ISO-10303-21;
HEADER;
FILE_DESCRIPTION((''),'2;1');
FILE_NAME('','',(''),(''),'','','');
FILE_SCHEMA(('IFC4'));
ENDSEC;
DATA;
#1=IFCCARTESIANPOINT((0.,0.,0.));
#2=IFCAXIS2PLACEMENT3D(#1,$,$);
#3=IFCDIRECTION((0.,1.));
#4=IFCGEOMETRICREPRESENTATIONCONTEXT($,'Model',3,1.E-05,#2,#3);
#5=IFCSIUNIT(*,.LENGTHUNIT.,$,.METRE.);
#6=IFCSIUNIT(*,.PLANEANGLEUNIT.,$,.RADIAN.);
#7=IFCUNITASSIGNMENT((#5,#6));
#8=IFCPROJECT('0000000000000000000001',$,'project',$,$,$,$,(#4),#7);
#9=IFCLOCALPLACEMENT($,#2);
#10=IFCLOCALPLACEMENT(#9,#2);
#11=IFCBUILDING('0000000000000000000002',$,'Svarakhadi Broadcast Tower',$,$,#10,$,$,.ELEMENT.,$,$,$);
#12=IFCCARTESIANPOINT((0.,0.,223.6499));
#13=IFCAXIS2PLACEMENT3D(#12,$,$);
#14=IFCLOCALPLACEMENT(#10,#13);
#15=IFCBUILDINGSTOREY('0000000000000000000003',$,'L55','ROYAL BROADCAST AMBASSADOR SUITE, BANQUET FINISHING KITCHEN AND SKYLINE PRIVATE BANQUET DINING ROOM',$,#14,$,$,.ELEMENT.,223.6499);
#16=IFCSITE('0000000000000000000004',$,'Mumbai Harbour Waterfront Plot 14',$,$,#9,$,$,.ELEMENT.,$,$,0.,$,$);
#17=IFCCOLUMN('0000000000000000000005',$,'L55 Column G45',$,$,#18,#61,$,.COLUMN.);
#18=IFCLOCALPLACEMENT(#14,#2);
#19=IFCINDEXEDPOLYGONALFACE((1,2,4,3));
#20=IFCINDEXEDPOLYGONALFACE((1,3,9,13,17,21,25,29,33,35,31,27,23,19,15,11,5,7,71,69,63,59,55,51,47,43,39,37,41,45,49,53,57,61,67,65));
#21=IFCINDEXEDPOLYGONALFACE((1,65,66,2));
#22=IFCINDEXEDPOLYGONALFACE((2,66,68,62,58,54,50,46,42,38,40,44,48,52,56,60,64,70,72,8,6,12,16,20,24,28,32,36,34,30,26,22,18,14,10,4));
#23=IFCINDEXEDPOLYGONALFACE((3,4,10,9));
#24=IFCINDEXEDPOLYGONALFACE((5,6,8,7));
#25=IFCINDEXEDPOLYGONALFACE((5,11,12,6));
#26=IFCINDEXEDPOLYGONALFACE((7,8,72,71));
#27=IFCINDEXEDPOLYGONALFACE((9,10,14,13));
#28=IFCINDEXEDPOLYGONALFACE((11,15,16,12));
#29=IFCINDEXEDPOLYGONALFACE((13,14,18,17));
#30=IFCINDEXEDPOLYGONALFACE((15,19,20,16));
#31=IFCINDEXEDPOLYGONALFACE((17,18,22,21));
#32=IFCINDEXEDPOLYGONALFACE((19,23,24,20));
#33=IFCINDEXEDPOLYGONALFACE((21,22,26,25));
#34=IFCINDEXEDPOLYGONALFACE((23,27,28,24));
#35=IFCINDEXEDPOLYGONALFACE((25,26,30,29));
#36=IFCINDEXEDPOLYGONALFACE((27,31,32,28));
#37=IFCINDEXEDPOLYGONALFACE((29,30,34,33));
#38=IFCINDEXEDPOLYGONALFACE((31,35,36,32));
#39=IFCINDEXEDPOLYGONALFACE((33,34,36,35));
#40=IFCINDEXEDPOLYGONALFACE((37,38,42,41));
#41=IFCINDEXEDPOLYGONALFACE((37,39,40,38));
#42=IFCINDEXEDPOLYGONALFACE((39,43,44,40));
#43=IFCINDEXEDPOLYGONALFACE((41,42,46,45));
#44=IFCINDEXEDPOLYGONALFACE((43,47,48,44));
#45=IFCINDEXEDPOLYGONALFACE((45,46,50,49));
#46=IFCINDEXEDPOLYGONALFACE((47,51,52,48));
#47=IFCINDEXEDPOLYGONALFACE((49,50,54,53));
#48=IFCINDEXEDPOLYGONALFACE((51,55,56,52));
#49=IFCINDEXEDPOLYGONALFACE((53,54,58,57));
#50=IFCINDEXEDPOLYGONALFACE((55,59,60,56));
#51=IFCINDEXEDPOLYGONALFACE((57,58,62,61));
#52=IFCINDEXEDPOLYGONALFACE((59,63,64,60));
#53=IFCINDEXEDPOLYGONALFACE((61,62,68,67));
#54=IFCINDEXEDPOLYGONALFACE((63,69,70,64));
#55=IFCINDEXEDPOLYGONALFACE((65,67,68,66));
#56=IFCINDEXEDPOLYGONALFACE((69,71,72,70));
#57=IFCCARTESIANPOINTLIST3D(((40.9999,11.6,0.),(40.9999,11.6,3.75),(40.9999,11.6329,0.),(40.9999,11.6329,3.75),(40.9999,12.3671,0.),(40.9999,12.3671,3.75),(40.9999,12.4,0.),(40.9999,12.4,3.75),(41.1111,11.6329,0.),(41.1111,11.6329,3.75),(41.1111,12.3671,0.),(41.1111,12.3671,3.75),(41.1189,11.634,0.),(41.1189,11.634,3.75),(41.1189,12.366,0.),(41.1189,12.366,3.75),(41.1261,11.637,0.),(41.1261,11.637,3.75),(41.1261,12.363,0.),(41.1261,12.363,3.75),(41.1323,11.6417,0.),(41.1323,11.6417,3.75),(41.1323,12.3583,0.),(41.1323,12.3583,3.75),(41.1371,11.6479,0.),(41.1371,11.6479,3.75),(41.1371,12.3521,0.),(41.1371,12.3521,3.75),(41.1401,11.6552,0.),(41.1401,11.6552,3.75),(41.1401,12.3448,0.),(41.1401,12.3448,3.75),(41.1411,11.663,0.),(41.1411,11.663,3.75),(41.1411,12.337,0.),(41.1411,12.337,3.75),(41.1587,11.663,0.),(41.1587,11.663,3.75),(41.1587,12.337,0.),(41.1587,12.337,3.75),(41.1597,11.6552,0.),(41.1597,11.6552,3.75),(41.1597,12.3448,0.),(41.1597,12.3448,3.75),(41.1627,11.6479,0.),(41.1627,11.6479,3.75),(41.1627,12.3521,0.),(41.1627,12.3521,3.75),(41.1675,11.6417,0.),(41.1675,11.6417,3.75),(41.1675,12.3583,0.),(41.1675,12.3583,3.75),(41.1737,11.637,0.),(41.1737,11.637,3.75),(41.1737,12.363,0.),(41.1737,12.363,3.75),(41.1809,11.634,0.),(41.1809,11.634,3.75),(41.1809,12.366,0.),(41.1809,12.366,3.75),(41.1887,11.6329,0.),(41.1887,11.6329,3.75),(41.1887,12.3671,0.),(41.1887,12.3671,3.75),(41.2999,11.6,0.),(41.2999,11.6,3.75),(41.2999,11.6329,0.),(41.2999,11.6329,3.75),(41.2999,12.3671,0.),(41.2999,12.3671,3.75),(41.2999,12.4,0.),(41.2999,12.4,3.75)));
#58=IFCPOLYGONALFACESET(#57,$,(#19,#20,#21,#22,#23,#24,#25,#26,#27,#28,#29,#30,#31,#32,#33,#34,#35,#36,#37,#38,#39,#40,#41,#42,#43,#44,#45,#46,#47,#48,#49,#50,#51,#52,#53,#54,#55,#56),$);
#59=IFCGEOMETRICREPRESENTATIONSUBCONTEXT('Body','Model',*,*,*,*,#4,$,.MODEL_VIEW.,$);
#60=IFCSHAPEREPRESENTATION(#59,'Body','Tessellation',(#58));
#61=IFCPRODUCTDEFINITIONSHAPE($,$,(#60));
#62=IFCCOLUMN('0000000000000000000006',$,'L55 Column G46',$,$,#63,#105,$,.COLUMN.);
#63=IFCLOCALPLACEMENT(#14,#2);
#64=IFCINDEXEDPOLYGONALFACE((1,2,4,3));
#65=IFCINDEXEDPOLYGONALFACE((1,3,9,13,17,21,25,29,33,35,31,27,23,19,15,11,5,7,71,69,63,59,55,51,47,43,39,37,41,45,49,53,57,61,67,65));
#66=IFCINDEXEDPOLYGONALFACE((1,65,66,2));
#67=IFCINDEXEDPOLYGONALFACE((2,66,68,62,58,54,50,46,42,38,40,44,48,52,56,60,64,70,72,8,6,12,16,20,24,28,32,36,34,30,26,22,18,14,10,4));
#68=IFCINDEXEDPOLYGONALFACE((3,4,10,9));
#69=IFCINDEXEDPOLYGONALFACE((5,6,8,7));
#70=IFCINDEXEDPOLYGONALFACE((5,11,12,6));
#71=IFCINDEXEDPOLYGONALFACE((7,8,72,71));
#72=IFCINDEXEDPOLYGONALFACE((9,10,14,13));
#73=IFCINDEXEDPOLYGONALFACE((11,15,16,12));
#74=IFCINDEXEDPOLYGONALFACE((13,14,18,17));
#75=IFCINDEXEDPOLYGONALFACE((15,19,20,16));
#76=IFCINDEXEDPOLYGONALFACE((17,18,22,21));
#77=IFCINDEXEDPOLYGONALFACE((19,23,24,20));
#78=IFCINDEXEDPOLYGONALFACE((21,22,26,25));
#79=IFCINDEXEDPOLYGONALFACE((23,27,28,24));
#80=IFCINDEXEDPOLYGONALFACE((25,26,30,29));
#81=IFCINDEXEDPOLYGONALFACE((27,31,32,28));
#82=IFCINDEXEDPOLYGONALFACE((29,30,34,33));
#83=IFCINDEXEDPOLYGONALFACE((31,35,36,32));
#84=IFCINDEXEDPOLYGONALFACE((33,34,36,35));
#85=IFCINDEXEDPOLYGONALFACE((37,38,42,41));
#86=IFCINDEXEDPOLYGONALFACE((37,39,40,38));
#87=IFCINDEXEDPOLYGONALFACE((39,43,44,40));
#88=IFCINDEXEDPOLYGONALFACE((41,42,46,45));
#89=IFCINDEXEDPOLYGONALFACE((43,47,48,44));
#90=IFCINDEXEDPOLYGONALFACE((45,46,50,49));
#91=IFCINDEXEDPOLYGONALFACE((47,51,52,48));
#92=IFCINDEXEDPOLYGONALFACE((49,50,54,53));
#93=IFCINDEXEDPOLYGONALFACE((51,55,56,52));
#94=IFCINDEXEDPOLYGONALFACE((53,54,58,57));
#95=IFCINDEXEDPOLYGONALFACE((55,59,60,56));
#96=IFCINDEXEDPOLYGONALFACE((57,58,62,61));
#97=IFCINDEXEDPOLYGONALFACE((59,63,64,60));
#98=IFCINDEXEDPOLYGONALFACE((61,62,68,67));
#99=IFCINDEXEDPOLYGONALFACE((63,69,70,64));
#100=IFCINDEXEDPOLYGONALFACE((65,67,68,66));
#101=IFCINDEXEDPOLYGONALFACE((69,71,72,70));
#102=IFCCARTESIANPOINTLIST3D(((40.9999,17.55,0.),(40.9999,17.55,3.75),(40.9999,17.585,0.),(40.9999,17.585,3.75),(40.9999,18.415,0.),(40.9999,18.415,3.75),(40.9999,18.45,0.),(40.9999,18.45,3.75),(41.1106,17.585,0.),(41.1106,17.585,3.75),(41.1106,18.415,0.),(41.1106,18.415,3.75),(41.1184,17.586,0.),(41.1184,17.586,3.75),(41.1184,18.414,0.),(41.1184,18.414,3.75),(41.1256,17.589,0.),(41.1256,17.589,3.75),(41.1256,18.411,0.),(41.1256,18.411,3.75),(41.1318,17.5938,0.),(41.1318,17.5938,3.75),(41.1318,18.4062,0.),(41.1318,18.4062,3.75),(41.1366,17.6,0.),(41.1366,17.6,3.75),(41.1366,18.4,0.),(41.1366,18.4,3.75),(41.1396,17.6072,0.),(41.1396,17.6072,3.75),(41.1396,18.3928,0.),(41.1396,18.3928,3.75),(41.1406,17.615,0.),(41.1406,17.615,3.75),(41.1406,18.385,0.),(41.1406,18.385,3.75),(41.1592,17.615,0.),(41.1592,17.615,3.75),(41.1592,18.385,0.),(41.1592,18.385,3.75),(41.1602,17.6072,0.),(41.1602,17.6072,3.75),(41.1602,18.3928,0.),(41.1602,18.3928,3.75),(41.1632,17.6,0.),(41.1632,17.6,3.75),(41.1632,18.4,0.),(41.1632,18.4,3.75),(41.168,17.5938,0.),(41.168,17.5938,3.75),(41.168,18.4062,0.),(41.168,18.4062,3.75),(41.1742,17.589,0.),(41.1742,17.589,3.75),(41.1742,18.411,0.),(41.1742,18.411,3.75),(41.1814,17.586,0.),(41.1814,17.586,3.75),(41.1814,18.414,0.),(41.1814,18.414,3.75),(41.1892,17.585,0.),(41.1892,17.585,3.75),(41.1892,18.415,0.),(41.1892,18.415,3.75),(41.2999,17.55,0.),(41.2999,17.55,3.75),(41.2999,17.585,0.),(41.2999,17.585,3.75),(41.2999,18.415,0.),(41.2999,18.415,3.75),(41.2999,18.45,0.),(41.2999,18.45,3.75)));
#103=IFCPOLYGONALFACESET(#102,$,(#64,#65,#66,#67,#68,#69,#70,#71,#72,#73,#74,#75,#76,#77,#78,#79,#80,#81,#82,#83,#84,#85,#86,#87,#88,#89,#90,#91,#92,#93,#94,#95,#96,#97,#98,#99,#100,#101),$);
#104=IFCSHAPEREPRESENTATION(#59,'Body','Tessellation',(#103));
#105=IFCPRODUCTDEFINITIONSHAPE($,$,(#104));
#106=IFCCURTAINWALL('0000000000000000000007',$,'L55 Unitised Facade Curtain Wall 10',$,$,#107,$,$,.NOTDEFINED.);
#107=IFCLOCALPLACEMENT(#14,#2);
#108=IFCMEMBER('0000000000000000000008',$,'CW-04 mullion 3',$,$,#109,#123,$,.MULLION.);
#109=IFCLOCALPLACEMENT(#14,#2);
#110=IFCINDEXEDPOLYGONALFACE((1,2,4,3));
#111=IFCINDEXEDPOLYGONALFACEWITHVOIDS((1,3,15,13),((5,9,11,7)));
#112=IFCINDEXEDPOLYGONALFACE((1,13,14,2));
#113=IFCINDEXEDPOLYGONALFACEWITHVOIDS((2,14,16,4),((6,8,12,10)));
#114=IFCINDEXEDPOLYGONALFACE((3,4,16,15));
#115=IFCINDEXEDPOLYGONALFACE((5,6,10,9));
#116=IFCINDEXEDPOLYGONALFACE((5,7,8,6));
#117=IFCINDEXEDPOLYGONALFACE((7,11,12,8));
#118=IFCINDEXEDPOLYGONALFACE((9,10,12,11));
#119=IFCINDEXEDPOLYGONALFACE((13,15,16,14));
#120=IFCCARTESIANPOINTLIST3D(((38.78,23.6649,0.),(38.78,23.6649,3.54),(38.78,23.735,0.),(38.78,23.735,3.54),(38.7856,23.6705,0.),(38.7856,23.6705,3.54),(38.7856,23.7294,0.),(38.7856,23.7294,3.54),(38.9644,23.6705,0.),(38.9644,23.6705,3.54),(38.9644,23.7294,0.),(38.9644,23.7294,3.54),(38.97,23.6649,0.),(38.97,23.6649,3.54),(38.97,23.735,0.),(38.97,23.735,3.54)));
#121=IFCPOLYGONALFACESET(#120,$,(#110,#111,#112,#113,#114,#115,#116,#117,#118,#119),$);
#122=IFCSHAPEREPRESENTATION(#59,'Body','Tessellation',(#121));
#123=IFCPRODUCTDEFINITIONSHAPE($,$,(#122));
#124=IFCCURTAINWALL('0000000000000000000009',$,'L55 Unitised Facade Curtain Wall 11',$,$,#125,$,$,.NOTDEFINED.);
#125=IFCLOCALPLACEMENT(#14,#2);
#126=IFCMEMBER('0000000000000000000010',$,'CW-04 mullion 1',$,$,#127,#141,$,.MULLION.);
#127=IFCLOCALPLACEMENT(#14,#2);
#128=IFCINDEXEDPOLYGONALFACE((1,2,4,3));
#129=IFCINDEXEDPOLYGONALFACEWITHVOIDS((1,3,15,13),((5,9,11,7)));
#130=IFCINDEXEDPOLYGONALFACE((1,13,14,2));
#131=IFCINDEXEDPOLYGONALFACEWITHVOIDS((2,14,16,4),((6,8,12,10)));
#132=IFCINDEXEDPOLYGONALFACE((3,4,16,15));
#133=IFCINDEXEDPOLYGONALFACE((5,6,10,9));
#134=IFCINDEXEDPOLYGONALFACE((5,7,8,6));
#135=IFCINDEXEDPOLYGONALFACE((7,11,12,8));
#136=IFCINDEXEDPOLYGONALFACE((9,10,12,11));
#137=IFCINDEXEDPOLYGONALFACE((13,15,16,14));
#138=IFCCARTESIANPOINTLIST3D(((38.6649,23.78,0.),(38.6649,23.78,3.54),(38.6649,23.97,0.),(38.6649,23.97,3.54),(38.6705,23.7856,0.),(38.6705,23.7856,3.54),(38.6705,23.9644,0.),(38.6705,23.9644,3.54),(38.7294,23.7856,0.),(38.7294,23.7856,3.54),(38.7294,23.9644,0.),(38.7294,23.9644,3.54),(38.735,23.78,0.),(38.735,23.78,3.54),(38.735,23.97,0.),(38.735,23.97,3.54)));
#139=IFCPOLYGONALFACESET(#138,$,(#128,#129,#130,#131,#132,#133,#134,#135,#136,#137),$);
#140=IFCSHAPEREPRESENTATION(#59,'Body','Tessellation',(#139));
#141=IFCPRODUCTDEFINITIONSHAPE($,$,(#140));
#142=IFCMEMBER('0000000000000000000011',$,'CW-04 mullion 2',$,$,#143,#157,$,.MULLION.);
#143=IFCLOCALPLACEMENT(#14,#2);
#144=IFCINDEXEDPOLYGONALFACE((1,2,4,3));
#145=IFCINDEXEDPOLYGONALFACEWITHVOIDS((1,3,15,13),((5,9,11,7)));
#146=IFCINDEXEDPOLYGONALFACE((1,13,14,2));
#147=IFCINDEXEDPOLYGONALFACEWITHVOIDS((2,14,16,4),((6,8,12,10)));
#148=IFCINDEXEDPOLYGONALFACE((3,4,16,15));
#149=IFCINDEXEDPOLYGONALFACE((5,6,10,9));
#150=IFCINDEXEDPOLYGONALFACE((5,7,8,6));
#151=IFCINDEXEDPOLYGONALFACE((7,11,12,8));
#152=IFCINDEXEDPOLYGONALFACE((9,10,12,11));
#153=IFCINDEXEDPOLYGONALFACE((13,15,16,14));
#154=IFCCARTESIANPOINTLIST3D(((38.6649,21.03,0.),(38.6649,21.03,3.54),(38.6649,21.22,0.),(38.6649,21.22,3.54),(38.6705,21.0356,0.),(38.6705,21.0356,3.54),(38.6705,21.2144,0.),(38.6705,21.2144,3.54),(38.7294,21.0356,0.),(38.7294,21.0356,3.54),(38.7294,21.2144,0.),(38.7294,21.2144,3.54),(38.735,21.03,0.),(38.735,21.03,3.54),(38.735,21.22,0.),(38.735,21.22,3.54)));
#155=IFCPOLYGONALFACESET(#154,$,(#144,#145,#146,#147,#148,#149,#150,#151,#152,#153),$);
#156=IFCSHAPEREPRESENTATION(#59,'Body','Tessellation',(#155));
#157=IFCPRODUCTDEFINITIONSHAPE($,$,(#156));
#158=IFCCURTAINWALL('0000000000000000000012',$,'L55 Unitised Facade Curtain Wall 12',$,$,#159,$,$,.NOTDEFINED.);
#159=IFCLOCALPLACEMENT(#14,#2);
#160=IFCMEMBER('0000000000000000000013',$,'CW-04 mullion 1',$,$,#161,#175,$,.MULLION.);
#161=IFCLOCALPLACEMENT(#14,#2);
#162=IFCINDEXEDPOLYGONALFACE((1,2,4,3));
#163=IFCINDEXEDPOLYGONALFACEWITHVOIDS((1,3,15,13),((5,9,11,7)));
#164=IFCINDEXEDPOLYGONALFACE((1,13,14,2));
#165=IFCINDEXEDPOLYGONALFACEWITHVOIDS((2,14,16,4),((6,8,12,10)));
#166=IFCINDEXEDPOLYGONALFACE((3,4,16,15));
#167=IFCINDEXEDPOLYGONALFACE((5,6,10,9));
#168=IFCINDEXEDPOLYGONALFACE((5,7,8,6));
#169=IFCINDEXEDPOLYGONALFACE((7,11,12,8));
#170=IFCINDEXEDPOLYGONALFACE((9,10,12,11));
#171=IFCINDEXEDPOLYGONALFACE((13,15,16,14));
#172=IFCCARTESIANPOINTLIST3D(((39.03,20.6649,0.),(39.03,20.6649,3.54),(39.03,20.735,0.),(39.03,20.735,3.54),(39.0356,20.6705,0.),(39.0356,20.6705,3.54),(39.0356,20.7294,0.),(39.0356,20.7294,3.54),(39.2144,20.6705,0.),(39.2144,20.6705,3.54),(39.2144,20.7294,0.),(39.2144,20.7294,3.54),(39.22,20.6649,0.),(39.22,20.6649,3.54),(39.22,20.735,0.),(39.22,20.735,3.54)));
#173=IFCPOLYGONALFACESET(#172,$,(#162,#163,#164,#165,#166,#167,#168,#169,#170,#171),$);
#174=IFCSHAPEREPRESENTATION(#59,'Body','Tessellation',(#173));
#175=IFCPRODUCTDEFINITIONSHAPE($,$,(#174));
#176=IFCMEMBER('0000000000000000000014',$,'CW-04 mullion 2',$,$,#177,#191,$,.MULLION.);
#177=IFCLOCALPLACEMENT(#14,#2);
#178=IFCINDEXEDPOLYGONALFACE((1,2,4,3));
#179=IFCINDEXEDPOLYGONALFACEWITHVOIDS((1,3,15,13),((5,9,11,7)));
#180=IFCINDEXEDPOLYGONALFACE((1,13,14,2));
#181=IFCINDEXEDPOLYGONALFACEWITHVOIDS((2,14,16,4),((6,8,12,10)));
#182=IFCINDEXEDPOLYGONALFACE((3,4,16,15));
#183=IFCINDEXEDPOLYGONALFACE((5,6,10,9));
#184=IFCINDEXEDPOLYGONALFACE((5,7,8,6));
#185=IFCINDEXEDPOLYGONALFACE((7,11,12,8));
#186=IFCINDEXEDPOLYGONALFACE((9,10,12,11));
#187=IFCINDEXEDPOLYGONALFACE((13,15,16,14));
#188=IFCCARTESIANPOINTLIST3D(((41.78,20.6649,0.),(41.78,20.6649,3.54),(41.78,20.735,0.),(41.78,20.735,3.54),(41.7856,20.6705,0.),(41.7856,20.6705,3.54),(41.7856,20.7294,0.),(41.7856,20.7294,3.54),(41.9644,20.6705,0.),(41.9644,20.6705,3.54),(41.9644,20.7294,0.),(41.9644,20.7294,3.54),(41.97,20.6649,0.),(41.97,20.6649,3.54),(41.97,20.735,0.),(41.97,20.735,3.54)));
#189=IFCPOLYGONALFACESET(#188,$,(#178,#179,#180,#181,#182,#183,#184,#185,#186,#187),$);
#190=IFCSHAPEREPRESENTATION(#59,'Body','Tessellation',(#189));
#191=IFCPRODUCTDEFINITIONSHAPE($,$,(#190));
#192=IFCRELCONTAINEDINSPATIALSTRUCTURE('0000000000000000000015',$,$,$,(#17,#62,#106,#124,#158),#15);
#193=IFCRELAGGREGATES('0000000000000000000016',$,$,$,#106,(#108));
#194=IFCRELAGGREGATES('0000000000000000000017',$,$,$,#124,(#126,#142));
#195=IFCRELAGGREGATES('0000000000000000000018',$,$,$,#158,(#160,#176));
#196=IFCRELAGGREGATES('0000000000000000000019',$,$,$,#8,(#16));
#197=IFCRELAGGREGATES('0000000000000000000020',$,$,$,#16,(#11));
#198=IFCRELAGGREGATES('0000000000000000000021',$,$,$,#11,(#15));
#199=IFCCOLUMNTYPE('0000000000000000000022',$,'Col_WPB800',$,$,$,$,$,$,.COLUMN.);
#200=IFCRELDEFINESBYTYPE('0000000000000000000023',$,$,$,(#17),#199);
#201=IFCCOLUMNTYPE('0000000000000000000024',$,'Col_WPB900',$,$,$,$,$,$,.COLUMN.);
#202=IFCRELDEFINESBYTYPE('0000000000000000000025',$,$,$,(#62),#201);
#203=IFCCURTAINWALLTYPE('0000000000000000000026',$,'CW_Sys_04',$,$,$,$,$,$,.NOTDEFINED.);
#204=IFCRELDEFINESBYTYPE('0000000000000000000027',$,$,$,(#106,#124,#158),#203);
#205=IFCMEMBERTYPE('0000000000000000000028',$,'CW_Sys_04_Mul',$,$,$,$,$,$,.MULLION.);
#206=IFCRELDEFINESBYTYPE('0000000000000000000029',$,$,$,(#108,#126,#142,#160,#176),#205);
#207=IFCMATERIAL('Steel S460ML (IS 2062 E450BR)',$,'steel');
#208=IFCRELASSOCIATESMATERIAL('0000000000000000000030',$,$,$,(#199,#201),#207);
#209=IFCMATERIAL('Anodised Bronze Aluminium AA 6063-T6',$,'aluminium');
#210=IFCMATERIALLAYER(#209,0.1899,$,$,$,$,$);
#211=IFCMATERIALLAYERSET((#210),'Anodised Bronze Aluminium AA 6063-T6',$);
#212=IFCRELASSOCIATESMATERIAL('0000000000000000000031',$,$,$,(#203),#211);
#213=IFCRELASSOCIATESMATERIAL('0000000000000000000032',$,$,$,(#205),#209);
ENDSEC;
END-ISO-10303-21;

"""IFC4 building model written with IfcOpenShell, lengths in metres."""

from ifc_helpers import new_model, si_unit, direction, frame, origin, origin_2d, place, context, subcontext, project, spatial, hollow_rectangle, i_section, extrude, material, layer, layer_set, material_profile, profile_set, type_object, element, aggregate, save


model = new_model("IFC4")

# Units and contexts
model_context = context("Model", 3, precision=1e-05, world=origin(), true_north=direction((0.0, 1.0)))
body_context = subcontext(model_context, "Body", "Model", "MODEL_VIEW")
ifc_project = project(units=[si_unit("LENGTHUNIT", "METRE"), si_unit("PLANEANGLEUNIT", "RADIAN")], contexts=[model_context])

# Site, building, storey
site_placement = place(None, origin())
site = spatial("IfcSite", under=ifc_project, at=site_placement, Name="Mumbai Harbour Waterfront Plot 14", CompositionType="ELEMENT", RefElevation=0.0)
building_placement = place(site_placement, origin())
building = spatial("IfcBuilding", under=site, at=building_placement, Name="Svarakhadi Broadcast Tower", CompositionType="ELEMENT")
storey_placement = place(building_placement, frame((0.0, 0.0, 223.6499)))
storey = spatial("IfcBuildingStorey", under=building, at=storey_placement, Name="L55", Description="ROYAL BROADCAST AMBASSADOR SUITE, BANQUET FINISHING KITCHEN AND SKYLINE PRIVATE BANQUET DINING ROOM", CompositionType="ELEMENT", Elevation=223.6499)

# Columns
ifc_material_1 = material(Name="Steel S460ML (IS 2062 E450BR)", Category="steel")
ifc_material_profile_1 = material_profile(ifc_material_1, i_section(OverallWidth=0.3, OverallDepth=0.8, WebThickness=0.0176, FlangeThickness=0.033, FilletRadius=0.03, at=origin_2d()), Name="WPB 800x300x262")
ifc_profile_set_1 = profile_set([ifc_material_profile_1], Name="Steel S460ML (IS 2062 E450BR)")
column_type_1 = type_object("IfcColumnType", Name="Col_WPB800", PredefinedType="COLUMN", material=ifc_profile_set_1)
column_1_placement = place(storey_placement, frame((41.1499, 12.0, 0.0), z_axis=(0.0, 0.0, 1.0), x_axis=(1.0, 0.0, 0.0)))
element("IfcColumn", 1, at=column_1_placement, inside=storey, type_object=column_type_1, Name="L55 Column G45", PredefinedType="COLUMN", context=body_context, shape_type="SweptSolid", body=[
    extrude(i_section(OverallWidth=0.3, OverallDepth=0.8, WebThickness=0.0176, FlangeThickness=0.033, FilletRadius=0.03, at=origin_2d()), origin(), (0.0, 0.0, 1.0), 3.75),
])
ifc_material_profile_2 = material_profile(ifc_material_1, i_section(OverallWidth=0.3, OverallDepth=0.8999, WebThickness=0.0186, FlangeThickness=0.0349, FilletRadius=0.03, at=origin_2d()), Name="WPB 900x300x291")
ifc_profile_set_2 = profile_set([ifc_material_profile_2], Name="Steel S460ML (IS 2062 E450BR)")
column_type_2 = type_object("IfcColumnType", Name="Col_WPB900", PredefinedType="COLUMN", material=ifc_profile_set_2)
column_2_placement = place(storey_placement, frame((41.1499, 18.0, 0.0), z_axis=(0.0, 0.0, 1.0), x_axis=(1.0, 0.0, 0.0)))
element("IfcColumn", 2, at=column_2_placement, inside=storey, type_object=column_type_2, Name="L55 Column G46", PredefinedType="COLUMN", context=body_context, shape_type="SweptSolid", body=[
    extrude(i_section(OverallWidth=0.3, OverallDepth=0.8999, WebThickness=0.0186, FlangeThickness=0.0349, FilletRadius=0.03, at=origin_2d()), origin(), (0.0, 0.0, 1.0), 3.75),
])

# Curtain wall, member
ifc_material_2 = material(Name="Anodised Bronze Aluminium AA 6063-T6", Category="aluminium")
ifc_layer_1 = layer(ifc_material_2, 0.1899)
ifc_layer_set_1 = layer_set([ifc_layer_1], Name="Anodised Bronze Aluminium AA 6063-T6")
curtain_wall_type = type_object("IfcCurtainWallType", Name="CW_Sys_04", PredefinedType="NOTDEFINED", material=ifc_layer_set_1)
curtain_wall_1_placement = place(storey_placement, origin())
curtain_wall_1 = element("IfcCurtainWall", 3, at=curtain_wall_1_placement, inside=storey, type_object=curtain_wall_type, Name="L55 Unitised Facade Curtain Wall 10", PredefinedType="NOTDEFINED")
ifc_material_profile_3 = material_profile(ifc_material_2, hollow_rectangle(XDim=0.0701, YDim=0.1899, WallThickness=0.0056, at=origin_2d()), Name="ALU MULLION 190x70x6")
ifc_profile_set_3 = profile_set([ifc_material_profile_3], Name="Anodised Bronze Aluminium AA 6063-T6")
member_type_1 = type_object("IfcMemberType", Name="CW_Sys_04_Mul", PredefinedType="MULLION", material=ifc_profile_set_3)
member_1_placement = place(storey_placement, frame((38.875, 23.7, 0.0), z_axis=(0.0, 0.0, 1.0), x_axis=(0.0, 1.0, 0.0)))
member_1 = element("IfcMember", 4, at=member_1_placement, type_object=member_type_1, Name="CW-04 mullion 3", PredefinedType="MULLION", context=body_context, shape_type="SweptSolid", body=[
    extrude(hollow_rectangle(XDim=0.0701, YDim=0.1899, WallThickness=0.0056, at=origin_2d()), origin(), (0.0, 0.0, 1.0), 3.54),
])
aggregate(curtain_wall_1, [member_1])

# Curtain walls, members
curtain_wall_2_placement = place(storey_placement, origin())
curtain_wall_2 = element("IfcCurtainWall", 5, at=curtain_wall_2_placement, inside=storey, type_object=curtain_wall_type, Name="L55 Unitised Facade Curtain Wall 11", PredefinedType="NOTDEFINED")
member_2_placement = place(storey_placement, frame((38.7, 23.875, 0.0), z_axis=(0.0, 0.0, 1.0), x_axis=(1.0, 0.0, 0.0)))
member_2 = element("IfcMember", 6, at=member_2_placement, type_object=member_type_1, Name="CW-04 mullion 1", PredefinedType="MULLION", context=body_context, shape_type="SweptSolid", body=[
    extrude(hollow_rectangle(XDim=0.0701, YDim=0.1899, WallThickness=0.0056, at=origin_2d()), origin(), (0.0, 0.0, 1.0), 3.54),
])
member_3_placement = place(storey_placement, frame((38.7, 21.125, 0.0), z_axis=(0.0, 0.0, 1.0), x_axis=(1.0, 0.0, 0.0)))
member_3 = element("IfcMember", 7, at=member_3_placement, type_object=member_type_1, Name="CW-04 mullion 2", PredefinedType="MULLION", context=body_context, shape_type="SweptSolid", body=[
    extrude(hollow_rectangle(XDim=0.0701, YDim=0.1899, WallThickness=0.0056, at=origin_2d()), origin(), (0.0, 0.0, 1.0), 3.54),
])
curtain_wall_3_placement = place(storey_placement, origin())
curtain_wall_3 = element("IfcCurtainWall", 8, at=curtain_wall_3_placement, inside=storey, type_object=curtain_wall_type, Name="L55 Unitised Facade Curtain Wall 12", PredefinedType="NOTDEFINED")
member_4_placement = place(storey_placement, frame((39.125, 20.7, 0.0), z_axis=(0.0, 0.0, 1.0), x_axis=(0.0, 1.0, 0.0)))
member_4 = element("IfcMember", 9, at=member_4_placement, type_object=member_type_1, Name="CW-04 mullion 1", PredefinedType="MULLION", context=body_context, shape_type="SweptSolid", body=[
    extrude(hollow_rectangle(XDim=0.0701, YDim=0.1899, WallThickness=0.0056, at=origin_2d()), origin(), (0.0, 0.0, 1.0), 3.54),
])
member_5_placement = place(storey_placement, frame((41.875, 20.7, 0.0), z_axis=(0.0, 0.0, 1.0), x_axis=(0.0, 1.0, 0.0)))
member_5 = element("IfcMember", 10, at=member_5_placement, type_object=member_type_1, Name="CW-04 mullion 2", PredefinedType="MULLION", context=body_context, shape_type="SweptSolid", body=[
    extrude(hollow_rectangle(XDim=0.0701, YDim=0.1899, WallThickness=0.0056, at=origin_2d()), origin(), (0.0, 0.0, 1.0), 3.54),
])

aggregate(curtain_wall_2, [member_2, member_3])
aggregate(curtain_wall_3, [member_4, member_5])

save(model, "model.ifc")
